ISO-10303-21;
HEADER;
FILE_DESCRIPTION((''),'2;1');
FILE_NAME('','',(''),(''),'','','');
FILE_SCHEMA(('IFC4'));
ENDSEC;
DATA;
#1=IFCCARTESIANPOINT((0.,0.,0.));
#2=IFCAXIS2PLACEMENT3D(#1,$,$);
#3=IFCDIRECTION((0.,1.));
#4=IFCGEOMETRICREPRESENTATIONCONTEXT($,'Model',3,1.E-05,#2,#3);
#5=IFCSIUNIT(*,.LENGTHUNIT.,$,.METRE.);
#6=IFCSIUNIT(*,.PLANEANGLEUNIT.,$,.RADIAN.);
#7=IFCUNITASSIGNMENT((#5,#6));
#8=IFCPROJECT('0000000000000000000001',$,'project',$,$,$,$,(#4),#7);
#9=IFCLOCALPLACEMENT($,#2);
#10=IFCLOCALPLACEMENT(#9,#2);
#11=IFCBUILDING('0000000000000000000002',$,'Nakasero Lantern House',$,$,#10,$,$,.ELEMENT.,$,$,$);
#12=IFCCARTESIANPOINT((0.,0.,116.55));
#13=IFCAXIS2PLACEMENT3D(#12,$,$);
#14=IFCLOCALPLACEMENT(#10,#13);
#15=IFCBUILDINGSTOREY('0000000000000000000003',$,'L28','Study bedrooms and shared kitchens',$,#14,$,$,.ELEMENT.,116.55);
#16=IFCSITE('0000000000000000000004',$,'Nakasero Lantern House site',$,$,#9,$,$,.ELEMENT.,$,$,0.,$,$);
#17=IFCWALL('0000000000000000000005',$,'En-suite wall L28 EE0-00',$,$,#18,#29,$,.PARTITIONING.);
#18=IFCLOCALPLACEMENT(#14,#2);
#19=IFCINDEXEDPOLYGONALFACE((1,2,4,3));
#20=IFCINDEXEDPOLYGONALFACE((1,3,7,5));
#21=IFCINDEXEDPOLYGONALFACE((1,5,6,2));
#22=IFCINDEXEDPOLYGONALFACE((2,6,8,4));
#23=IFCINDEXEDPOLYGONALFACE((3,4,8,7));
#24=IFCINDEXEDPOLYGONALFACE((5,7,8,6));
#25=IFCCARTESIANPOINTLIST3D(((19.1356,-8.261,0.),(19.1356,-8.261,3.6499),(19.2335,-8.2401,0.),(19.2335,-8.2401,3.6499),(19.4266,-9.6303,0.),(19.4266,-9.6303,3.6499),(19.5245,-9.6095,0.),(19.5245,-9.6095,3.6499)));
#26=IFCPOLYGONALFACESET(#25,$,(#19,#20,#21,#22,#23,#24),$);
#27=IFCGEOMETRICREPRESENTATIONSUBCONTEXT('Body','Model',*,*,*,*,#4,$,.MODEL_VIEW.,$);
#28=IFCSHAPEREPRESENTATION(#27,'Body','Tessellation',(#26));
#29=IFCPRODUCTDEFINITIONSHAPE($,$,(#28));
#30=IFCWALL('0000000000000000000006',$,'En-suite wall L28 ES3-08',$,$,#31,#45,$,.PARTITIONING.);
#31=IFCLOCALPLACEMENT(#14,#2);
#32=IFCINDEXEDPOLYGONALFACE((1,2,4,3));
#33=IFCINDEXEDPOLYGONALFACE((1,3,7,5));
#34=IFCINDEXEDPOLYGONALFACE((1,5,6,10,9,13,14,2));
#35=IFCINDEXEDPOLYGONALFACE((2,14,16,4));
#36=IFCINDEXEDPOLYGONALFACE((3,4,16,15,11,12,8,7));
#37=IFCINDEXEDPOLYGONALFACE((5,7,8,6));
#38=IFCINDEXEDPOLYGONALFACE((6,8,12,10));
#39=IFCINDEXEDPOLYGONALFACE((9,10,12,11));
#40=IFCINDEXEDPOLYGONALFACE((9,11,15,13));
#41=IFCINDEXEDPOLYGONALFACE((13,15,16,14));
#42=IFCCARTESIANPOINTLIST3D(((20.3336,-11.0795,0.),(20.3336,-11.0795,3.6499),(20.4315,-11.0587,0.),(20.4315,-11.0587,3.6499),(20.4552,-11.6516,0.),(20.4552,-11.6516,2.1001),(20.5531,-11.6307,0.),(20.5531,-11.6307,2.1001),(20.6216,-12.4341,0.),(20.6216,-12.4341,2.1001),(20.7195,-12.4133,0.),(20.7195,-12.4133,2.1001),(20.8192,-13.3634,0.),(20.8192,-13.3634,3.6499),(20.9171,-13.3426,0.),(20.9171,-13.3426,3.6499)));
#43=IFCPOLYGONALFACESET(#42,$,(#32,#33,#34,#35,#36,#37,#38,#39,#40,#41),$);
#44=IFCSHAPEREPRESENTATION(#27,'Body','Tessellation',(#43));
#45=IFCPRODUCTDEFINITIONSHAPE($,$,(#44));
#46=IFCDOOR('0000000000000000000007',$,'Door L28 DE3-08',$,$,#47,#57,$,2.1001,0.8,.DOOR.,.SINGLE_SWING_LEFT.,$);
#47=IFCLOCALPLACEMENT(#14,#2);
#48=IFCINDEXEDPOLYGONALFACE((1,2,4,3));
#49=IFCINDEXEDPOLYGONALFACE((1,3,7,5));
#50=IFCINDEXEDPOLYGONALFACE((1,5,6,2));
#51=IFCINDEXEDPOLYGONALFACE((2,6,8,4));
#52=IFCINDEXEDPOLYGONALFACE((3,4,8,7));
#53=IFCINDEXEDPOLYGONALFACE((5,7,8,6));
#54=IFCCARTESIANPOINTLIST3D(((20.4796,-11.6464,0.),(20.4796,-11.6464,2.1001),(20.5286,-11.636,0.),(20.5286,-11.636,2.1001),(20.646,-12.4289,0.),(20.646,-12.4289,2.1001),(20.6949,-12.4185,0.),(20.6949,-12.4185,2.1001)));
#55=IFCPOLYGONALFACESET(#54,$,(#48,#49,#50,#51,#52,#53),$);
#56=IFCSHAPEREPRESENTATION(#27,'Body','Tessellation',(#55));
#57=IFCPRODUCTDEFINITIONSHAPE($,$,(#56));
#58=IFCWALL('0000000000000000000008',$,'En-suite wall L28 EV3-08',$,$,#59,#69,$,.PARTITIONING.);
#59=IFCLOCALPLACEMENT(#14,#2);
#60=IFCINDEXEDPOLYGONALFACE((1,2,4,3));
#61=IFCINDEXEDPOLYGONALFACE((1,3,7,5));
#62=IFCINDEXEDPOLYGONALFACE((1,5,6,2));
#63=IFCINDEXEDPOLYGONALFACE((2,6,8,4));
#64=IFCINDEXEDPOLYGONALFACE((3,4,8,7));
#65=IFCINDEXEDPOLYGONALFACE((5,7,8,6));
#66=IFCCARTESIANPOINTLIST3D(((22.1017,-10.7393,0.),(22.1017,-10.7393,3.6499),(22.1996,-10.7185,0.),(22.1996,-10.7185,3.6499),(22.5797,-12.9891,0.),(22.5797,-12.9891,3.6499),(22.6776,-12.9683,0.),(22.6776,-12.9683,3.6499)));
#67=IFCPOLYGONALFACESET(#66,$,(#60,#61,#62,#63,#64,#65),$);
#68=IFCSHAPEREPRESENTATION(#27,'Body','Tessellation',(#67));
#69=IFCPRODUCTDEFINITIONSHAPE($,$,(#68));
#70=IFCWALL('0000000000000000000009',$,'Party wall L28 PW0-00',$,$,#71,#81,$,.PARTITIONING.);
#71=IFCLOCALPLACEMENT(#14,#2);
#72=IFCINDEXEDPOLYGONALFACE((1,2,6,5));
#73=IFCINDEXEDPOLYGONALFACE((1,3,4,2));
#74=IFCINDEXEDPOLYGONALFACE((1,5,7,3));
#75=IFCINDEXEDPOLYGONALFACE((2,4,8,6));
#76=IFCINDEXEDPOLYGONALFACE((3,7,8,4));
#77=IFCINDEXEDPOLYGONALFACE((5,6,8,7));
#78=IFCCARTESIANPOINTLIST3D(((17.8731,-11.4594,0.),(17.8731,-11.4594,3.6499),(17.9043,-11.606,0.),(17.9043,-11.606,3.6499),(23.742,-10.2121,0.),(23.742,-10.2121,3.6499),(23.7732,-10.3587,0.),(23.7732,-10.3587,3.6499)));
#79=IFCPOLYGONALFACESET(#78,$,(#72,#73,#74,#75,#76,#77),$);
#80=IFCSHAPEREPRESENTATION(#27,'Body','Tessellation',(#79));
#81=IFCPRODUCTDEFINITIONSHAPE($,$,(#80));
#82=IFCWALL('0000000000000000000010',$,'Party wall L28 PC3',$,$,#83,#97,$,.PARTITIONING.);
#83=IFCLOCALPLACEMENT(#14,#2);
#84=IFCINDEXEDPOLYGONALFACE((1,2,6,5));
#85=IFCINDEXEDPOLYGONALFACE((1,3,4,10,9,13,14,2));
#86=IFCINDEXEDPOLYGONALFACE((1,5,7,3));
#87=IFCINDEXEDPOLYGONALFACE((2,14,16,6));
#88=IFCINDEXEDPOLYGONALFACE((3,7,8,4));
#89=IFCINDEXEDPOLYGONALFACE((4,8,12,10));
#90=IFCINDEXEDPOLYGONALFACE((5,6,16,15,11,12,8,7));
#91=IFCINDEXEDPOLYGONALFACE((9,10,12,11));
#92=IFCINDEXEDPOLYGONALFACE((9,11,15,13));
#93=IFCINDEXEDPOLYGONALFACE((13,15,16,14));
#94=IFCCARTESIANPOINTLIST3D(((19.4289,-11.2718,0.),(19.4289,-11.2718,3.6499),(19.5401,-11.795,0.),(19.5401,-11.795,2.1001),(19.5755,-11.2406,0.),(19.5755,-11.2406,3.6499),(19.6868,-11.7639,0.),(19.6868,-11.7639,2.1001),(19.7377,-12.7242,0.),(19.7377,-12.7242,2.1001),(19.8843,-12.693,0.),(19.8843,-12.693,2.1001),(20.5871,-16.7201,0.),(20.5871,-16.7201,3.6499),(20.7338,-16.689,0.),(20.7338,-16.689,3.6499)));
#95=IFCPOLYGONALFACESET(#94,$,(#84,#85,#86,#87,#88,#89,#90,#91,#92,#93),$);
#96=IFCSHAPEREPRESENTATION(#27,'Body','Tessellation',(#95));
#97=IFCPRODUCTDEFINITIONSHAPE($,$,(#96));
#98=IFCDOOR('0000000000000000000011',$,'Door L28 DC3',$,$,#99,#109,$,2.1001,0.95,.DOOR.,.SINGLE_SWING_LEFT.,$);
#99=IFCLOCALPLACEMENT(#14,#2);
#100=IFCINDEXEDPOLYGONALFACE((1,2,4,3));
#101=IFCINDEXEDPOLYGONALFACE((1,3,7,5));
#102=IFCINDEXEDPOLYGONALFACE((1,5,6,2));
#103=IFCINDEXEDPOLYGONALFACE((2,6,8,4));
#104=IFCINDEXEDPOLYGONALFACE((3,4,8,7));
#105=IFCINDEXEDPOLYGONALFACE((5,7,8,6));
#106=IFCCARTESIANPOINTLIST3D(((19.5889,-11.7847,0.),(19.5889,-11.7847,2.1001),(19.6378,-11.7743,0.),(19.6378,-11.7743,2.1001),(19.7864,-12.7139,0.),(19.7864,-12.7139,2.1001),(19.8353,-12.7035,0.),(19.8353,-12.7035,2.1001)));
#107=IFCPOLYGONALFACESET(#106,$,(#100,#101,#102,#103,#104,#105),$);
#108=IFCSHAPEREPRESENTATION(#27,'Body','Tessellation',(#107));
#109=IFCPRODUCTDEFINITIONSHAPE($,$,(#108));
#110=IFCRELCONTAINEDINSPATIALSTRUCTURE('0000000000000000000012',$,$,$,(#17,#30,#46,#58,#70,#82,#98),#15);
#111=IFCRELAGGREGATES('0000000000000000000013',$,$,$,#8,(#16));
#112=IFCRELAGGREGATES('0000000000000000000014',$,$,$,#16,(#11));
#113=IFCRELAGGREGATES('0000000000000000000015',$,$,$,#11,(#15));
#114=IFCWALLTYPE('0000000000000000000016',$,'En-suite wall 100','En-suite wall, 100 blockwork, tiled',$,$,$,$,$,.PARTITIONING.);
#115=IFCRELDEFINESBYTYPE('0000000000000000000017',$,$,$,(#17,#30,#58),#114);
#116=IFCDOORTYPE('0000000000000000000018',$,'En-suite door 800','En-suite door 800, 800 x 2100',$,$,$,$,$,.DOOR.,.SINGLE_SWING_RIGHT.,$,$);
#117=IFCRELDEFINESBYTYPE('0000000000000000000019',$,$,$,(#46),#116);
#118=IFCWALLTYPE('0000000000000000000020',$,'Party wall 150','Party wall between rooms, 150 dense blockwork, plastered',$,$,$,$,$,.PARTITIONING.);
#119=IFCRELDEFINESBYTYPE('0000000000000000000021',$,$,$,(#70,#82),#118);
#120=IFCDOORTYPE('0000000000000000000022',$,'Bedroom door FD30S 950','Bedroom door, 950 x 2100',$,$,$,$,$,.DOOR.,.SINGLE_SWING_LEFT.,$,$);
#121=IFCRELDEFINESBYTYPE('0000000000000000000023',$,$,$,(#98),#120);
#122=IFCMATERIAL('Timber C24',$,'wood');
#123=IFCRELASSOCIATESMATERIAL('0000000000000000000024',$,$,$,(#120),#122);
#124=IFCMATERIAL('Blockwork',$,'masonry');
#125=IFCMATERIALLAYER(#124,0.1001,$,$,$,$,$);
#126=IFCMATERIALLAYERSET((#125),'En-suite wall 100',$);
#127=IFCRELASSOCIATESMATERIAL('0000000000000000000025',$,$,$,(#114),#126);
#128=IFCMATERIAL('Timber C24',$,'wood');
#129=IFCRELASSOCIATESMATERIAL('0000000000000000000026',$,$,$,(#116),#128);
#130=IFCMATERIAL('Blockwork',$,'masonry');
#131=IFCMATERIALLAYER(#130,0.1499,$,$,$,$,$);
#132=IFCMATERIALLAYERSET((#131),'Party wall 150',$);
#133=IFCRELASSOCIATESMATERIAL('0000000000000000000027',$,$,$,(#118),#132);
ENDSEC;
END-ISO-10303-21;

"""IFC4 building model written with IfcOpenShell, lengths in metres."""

from ifc_helpers import new_model, si_unit, direction, frame, frame_2d, origin, place, context, subcontext, project, spatial, rectangle, extrude, material, layer, layer_set, type_object, element, fill, save


model = new_model("IFC4")

# Units and contexts
model_context = context("Model", 3, precision=1e-05, world=origin(), true_north=direction((0.0, 1.0)))
body_context = subcontext(model_context, "Body", "Model", "MODEL_VIEW")
ifc_project = project(units=[si_unit("LENGTHUNIT", "METRE"), si_unit("PLANEANGLEUNIT", "RADIAN")], contexts=[model_context])

# Site, building, storey
site_placement = place(None, origin())
site = spatial("IfcSite", under=ifc_project, at=site_placement, Name="Nakasero Lantern House site", CompositionType="ELEMENT", RefElevation=0.0)
building_placement = place(site_placement, origin())
building = spatial("IfcBuilding", under=site, at=building_placement, Name="Nakasero Lantern House", CompositionType="ELEMENT")
storey_placement = place(building_placement, frame((0.0, 0.0, 116.55)))
storey = spatial("IfcBuildingStorey", under=building, at=storey_placement, Name="L28", Description="Study bedrooms and shared kitchens", CompositionType="ELEMENT", Elevation=116.55)

# Shared definitions
ifc_material_1 = material(Name="Timber C24", Category="wood")
door_type_1 = type_object("IfcDoorType", Name="Bedroom door FD30S 950", Description="Bedroom door, 950 x 2100", OperationType="SINGLE_SWING_LEFT", PredefinedType="DOOR", material=ifc_material_1)

# Wall
ifc_material_2 = material(Name="Blockwork", Category="masonry")
ifc_layer_1 = layer(ifc_material_2, 0.1001)
ifc_layer_set_1 = layer_set([ifc_layer_1], Name="En-suite wall 100")
wall_type_1 = type_object("IfcWallType", Name="En-suite wall 100", Description="En-suite wall, 100 blockwork, tiled", PredefinedType="PARTITIONING", material=ifc_layer_set_1)
wall_1_placement = place(storey_placement, frame((19.4756, -9.6199, 0.0), z_axis=(0.0, 0.0, 1.0), x_axis=(-0.207873, 0.978156, 0.0)))
element("IfcWall", 1, at=wall_1_placement, inside=storey, type_object=wall_type_1, Name="En-suite wall L28 EE0-00", PredefinedType="PARTITIONING", context=body_context, shape_type="SweptSolid", body=[
    extrude(rectangle(XDim=1.3999, YDim=0.1001, at=frame_2d((0.7, 0.0))), origin(), (0.0, 0.0, 1.0), 3.6499),
])

# Wall, opening, door
wall_2_placement = place(storey_placement, frame((20.3826, -11.0691, 0.0), z_axis=(0.0, 0.0, 1.0), x_axis=(0.207965, -0.978136, 0.0)))
wall_2 = element("IfcWall", 2, at=wall_2_placement, inside=storey, type_object=wall_type_1, Name="En-suite wall L28 ES3-08", PredefinedType="PARTITIONING", context=body_context, shape_type="SweptSolid", body=[
    extrude(rectangle(XDim=2.335, YDim=0.1001, at=frame_2d((1.1675, 0.0))), origin(), (0.0, 0.0, 1.0), 3.6499),
])
opening_1_placement = place(wall_2_placement, frame((0.585, 0.0, 0.0)))
opening_1 = element("IfcOpeningElement", 3, at=opening_1_placement, cuts=wall_2, PredefinedType="OPENING", context=body_context, shape_type="SweptSolid", body=[
    extrude(rectangle(XDim=0.8, YDim=2.1001, at=frame_2d((0.3999, 1.05))), frame((0.0, 0.0701, 0.0), z_axis=(0.0, -1.0, 0.0), x_axis=(1.0, 0.0, 0.0)), (0.0, 0.0, 1.0), 0.1401),
])
ifc_material_3 = material(Name="Timber C24", Category="wood")
door_type_2 = type_object("IfcDoorType", Name="En-suite door 800", Description="En-suite door 800, 800 x 2100", OperationType="SINGLE_SWING_RIGHT", PredefinedType="DOOR", material=ifc_material_3)
door_1_placement = place(opening_1_placement, origin())
door_1 = element("IfcDoor", 4, at=door_1_placement, inside=storey, type_object=door_type_2, Name="Door L28 DE3-08", OperationType="SINGLE_SWING_LEFT", OverallHeight=2.1001, OverallWidth=0.8, PredefinedType="DOOR", context=body_context, shape_type="SweptSolid", body=[
    extrude(rectangle(XDim=0.8, YDim=2.1001, at=frame_2d((0.3999, 1.05))), frame((0.0, 0.0249, 0.0), z_axis=(0.0, -1.0, 0.0), x_axis=(1.0, 0.0, 0.0)), (0.0, 0.0, 1.0), 0.05),
])
fill(opening_1, door_1)

# Walls
wall_3_placement = place(storey_placement, frame((22.1506, -10.729, 0.0), z_axis=(0.0, 0.0, 1.0), x_axis=(0.20784, -0.978163, 0.0)))
element("IfcWall", 5, at=wall_3_placement, inside=storey, type_object=wall_type_1, Name="En-suite wall L28 EV3-08", PredefinedType="PARTITIONING", context=body_context, shape_type="SweptSolid", body=[
    extrude(rectangle(XDim=2.3, YDim=0.1001, at=frame_2d((1.1499, 0.0))), origin(), (0.0, 0.0, 1.0), 3.6499),
])
ifc_material_4 = material(Name="Blockwork", Category="masonry")
ifc_layer_2 = layer(ifc_material_4, 0.1499)
ifc_layer_set_2 = layer_set([ifc_layer_2], Name="Party wall 150")
wall_type_2 = type_object("IfcWallType", Name="Party wall 150", Description="Party wall between rooms, 150 dense blockwork, plastered", PredefinedType="PARTITIONING", material=ifc_layer_set_2)
wall_4_placement = place(storey_placement, frame((17.8887, -11.5327, 0.0), z_axis=(0.0, 0.0, 1.0), x_axis=(0.978153, 0.207886, 0.0)))
element("IfcWall", 6, at=wall_4_placement, inside=storey, type_object=wall_type_2, Name="Party wall L28 PW0-00", PredefinedType="PARTITIONING", context=body_context, shape_type="SweptSolid", body=[
    extrude(rectangle(XDim=6.0, YDim=0.1499, at=frame_2d((3.0, 0.0))), origin(), (0.0, 0.0, 1.0), 3.6499),
])

# Wall, opening, door
wall_5_placement = place(storey_placement, frame((19.5022, -11.2561, 0.0), z_axis=(0.0, 0.0, 1.0), x_axis=(0.207936, -0.978142, 0.0)))
wall_5 = element("IfcWall", 7, at=wall_5_placement, inside=storey, type_object=wall_type_2, Name="Party wall L28 PC3", PredefinedType="PARTITIONING", context=body_context, shape_type="SweptSolid", body=[
    extrude(rectangle(XDim=5.5701, YDim=0.1499, at=frame_2d((2.7852, 0.0))), origin(), (0.0, 0.0, 1.0), 3.6499),
])
opening_2_placement = place(wall_5_placement, frame((0.5349, 0.0, 0.0)))
opening_2 = element("IfcOpeningElement", 8, at=opening_2_placement, cuts=wall_5, PredefinedType="OPENING", context=body_context, shape_type="SweptSolid", body=[
    extrude(rectangle(XDim=0.95, YDim=2.1001, at=frame_2d((0.4751, 1.05))), frame((0.0, 0.095, 0.0), z_axis=(0.0, -1.0, 0.0), x_axis=(1.0, 0.0, 0.0)), (0.0, 0.0, 1.0), 0.1899),
])
door_2_placement = place(opening_2_placement, origin())
door_2 = element("IfcDoor", 9, at=door_2_placement, inside=storey, type_object=door_type_1, Name="Door L28 DC3", OperationType="SINGLE_SWING_LEFT", OverallHeight=2.1001, OverallWidth=0.95, PredefinedType="DOOR", context=body_context, shape_type="SweptSolid", body=[
    extrude(rectangle(XDim=0.95, YDim=2.1001, at=frame_2d((0.4751, 1.05))), frame((0.0, 0.0249, 0.0), z_axis=(0.0, -1.0, 0.0), x_axis=(1.0, 0.0, 0.0)), (0.0, 0.0, 1.0), 0.05),
])
fill(opening_2, door_2)

save(model, "model.ifc")
